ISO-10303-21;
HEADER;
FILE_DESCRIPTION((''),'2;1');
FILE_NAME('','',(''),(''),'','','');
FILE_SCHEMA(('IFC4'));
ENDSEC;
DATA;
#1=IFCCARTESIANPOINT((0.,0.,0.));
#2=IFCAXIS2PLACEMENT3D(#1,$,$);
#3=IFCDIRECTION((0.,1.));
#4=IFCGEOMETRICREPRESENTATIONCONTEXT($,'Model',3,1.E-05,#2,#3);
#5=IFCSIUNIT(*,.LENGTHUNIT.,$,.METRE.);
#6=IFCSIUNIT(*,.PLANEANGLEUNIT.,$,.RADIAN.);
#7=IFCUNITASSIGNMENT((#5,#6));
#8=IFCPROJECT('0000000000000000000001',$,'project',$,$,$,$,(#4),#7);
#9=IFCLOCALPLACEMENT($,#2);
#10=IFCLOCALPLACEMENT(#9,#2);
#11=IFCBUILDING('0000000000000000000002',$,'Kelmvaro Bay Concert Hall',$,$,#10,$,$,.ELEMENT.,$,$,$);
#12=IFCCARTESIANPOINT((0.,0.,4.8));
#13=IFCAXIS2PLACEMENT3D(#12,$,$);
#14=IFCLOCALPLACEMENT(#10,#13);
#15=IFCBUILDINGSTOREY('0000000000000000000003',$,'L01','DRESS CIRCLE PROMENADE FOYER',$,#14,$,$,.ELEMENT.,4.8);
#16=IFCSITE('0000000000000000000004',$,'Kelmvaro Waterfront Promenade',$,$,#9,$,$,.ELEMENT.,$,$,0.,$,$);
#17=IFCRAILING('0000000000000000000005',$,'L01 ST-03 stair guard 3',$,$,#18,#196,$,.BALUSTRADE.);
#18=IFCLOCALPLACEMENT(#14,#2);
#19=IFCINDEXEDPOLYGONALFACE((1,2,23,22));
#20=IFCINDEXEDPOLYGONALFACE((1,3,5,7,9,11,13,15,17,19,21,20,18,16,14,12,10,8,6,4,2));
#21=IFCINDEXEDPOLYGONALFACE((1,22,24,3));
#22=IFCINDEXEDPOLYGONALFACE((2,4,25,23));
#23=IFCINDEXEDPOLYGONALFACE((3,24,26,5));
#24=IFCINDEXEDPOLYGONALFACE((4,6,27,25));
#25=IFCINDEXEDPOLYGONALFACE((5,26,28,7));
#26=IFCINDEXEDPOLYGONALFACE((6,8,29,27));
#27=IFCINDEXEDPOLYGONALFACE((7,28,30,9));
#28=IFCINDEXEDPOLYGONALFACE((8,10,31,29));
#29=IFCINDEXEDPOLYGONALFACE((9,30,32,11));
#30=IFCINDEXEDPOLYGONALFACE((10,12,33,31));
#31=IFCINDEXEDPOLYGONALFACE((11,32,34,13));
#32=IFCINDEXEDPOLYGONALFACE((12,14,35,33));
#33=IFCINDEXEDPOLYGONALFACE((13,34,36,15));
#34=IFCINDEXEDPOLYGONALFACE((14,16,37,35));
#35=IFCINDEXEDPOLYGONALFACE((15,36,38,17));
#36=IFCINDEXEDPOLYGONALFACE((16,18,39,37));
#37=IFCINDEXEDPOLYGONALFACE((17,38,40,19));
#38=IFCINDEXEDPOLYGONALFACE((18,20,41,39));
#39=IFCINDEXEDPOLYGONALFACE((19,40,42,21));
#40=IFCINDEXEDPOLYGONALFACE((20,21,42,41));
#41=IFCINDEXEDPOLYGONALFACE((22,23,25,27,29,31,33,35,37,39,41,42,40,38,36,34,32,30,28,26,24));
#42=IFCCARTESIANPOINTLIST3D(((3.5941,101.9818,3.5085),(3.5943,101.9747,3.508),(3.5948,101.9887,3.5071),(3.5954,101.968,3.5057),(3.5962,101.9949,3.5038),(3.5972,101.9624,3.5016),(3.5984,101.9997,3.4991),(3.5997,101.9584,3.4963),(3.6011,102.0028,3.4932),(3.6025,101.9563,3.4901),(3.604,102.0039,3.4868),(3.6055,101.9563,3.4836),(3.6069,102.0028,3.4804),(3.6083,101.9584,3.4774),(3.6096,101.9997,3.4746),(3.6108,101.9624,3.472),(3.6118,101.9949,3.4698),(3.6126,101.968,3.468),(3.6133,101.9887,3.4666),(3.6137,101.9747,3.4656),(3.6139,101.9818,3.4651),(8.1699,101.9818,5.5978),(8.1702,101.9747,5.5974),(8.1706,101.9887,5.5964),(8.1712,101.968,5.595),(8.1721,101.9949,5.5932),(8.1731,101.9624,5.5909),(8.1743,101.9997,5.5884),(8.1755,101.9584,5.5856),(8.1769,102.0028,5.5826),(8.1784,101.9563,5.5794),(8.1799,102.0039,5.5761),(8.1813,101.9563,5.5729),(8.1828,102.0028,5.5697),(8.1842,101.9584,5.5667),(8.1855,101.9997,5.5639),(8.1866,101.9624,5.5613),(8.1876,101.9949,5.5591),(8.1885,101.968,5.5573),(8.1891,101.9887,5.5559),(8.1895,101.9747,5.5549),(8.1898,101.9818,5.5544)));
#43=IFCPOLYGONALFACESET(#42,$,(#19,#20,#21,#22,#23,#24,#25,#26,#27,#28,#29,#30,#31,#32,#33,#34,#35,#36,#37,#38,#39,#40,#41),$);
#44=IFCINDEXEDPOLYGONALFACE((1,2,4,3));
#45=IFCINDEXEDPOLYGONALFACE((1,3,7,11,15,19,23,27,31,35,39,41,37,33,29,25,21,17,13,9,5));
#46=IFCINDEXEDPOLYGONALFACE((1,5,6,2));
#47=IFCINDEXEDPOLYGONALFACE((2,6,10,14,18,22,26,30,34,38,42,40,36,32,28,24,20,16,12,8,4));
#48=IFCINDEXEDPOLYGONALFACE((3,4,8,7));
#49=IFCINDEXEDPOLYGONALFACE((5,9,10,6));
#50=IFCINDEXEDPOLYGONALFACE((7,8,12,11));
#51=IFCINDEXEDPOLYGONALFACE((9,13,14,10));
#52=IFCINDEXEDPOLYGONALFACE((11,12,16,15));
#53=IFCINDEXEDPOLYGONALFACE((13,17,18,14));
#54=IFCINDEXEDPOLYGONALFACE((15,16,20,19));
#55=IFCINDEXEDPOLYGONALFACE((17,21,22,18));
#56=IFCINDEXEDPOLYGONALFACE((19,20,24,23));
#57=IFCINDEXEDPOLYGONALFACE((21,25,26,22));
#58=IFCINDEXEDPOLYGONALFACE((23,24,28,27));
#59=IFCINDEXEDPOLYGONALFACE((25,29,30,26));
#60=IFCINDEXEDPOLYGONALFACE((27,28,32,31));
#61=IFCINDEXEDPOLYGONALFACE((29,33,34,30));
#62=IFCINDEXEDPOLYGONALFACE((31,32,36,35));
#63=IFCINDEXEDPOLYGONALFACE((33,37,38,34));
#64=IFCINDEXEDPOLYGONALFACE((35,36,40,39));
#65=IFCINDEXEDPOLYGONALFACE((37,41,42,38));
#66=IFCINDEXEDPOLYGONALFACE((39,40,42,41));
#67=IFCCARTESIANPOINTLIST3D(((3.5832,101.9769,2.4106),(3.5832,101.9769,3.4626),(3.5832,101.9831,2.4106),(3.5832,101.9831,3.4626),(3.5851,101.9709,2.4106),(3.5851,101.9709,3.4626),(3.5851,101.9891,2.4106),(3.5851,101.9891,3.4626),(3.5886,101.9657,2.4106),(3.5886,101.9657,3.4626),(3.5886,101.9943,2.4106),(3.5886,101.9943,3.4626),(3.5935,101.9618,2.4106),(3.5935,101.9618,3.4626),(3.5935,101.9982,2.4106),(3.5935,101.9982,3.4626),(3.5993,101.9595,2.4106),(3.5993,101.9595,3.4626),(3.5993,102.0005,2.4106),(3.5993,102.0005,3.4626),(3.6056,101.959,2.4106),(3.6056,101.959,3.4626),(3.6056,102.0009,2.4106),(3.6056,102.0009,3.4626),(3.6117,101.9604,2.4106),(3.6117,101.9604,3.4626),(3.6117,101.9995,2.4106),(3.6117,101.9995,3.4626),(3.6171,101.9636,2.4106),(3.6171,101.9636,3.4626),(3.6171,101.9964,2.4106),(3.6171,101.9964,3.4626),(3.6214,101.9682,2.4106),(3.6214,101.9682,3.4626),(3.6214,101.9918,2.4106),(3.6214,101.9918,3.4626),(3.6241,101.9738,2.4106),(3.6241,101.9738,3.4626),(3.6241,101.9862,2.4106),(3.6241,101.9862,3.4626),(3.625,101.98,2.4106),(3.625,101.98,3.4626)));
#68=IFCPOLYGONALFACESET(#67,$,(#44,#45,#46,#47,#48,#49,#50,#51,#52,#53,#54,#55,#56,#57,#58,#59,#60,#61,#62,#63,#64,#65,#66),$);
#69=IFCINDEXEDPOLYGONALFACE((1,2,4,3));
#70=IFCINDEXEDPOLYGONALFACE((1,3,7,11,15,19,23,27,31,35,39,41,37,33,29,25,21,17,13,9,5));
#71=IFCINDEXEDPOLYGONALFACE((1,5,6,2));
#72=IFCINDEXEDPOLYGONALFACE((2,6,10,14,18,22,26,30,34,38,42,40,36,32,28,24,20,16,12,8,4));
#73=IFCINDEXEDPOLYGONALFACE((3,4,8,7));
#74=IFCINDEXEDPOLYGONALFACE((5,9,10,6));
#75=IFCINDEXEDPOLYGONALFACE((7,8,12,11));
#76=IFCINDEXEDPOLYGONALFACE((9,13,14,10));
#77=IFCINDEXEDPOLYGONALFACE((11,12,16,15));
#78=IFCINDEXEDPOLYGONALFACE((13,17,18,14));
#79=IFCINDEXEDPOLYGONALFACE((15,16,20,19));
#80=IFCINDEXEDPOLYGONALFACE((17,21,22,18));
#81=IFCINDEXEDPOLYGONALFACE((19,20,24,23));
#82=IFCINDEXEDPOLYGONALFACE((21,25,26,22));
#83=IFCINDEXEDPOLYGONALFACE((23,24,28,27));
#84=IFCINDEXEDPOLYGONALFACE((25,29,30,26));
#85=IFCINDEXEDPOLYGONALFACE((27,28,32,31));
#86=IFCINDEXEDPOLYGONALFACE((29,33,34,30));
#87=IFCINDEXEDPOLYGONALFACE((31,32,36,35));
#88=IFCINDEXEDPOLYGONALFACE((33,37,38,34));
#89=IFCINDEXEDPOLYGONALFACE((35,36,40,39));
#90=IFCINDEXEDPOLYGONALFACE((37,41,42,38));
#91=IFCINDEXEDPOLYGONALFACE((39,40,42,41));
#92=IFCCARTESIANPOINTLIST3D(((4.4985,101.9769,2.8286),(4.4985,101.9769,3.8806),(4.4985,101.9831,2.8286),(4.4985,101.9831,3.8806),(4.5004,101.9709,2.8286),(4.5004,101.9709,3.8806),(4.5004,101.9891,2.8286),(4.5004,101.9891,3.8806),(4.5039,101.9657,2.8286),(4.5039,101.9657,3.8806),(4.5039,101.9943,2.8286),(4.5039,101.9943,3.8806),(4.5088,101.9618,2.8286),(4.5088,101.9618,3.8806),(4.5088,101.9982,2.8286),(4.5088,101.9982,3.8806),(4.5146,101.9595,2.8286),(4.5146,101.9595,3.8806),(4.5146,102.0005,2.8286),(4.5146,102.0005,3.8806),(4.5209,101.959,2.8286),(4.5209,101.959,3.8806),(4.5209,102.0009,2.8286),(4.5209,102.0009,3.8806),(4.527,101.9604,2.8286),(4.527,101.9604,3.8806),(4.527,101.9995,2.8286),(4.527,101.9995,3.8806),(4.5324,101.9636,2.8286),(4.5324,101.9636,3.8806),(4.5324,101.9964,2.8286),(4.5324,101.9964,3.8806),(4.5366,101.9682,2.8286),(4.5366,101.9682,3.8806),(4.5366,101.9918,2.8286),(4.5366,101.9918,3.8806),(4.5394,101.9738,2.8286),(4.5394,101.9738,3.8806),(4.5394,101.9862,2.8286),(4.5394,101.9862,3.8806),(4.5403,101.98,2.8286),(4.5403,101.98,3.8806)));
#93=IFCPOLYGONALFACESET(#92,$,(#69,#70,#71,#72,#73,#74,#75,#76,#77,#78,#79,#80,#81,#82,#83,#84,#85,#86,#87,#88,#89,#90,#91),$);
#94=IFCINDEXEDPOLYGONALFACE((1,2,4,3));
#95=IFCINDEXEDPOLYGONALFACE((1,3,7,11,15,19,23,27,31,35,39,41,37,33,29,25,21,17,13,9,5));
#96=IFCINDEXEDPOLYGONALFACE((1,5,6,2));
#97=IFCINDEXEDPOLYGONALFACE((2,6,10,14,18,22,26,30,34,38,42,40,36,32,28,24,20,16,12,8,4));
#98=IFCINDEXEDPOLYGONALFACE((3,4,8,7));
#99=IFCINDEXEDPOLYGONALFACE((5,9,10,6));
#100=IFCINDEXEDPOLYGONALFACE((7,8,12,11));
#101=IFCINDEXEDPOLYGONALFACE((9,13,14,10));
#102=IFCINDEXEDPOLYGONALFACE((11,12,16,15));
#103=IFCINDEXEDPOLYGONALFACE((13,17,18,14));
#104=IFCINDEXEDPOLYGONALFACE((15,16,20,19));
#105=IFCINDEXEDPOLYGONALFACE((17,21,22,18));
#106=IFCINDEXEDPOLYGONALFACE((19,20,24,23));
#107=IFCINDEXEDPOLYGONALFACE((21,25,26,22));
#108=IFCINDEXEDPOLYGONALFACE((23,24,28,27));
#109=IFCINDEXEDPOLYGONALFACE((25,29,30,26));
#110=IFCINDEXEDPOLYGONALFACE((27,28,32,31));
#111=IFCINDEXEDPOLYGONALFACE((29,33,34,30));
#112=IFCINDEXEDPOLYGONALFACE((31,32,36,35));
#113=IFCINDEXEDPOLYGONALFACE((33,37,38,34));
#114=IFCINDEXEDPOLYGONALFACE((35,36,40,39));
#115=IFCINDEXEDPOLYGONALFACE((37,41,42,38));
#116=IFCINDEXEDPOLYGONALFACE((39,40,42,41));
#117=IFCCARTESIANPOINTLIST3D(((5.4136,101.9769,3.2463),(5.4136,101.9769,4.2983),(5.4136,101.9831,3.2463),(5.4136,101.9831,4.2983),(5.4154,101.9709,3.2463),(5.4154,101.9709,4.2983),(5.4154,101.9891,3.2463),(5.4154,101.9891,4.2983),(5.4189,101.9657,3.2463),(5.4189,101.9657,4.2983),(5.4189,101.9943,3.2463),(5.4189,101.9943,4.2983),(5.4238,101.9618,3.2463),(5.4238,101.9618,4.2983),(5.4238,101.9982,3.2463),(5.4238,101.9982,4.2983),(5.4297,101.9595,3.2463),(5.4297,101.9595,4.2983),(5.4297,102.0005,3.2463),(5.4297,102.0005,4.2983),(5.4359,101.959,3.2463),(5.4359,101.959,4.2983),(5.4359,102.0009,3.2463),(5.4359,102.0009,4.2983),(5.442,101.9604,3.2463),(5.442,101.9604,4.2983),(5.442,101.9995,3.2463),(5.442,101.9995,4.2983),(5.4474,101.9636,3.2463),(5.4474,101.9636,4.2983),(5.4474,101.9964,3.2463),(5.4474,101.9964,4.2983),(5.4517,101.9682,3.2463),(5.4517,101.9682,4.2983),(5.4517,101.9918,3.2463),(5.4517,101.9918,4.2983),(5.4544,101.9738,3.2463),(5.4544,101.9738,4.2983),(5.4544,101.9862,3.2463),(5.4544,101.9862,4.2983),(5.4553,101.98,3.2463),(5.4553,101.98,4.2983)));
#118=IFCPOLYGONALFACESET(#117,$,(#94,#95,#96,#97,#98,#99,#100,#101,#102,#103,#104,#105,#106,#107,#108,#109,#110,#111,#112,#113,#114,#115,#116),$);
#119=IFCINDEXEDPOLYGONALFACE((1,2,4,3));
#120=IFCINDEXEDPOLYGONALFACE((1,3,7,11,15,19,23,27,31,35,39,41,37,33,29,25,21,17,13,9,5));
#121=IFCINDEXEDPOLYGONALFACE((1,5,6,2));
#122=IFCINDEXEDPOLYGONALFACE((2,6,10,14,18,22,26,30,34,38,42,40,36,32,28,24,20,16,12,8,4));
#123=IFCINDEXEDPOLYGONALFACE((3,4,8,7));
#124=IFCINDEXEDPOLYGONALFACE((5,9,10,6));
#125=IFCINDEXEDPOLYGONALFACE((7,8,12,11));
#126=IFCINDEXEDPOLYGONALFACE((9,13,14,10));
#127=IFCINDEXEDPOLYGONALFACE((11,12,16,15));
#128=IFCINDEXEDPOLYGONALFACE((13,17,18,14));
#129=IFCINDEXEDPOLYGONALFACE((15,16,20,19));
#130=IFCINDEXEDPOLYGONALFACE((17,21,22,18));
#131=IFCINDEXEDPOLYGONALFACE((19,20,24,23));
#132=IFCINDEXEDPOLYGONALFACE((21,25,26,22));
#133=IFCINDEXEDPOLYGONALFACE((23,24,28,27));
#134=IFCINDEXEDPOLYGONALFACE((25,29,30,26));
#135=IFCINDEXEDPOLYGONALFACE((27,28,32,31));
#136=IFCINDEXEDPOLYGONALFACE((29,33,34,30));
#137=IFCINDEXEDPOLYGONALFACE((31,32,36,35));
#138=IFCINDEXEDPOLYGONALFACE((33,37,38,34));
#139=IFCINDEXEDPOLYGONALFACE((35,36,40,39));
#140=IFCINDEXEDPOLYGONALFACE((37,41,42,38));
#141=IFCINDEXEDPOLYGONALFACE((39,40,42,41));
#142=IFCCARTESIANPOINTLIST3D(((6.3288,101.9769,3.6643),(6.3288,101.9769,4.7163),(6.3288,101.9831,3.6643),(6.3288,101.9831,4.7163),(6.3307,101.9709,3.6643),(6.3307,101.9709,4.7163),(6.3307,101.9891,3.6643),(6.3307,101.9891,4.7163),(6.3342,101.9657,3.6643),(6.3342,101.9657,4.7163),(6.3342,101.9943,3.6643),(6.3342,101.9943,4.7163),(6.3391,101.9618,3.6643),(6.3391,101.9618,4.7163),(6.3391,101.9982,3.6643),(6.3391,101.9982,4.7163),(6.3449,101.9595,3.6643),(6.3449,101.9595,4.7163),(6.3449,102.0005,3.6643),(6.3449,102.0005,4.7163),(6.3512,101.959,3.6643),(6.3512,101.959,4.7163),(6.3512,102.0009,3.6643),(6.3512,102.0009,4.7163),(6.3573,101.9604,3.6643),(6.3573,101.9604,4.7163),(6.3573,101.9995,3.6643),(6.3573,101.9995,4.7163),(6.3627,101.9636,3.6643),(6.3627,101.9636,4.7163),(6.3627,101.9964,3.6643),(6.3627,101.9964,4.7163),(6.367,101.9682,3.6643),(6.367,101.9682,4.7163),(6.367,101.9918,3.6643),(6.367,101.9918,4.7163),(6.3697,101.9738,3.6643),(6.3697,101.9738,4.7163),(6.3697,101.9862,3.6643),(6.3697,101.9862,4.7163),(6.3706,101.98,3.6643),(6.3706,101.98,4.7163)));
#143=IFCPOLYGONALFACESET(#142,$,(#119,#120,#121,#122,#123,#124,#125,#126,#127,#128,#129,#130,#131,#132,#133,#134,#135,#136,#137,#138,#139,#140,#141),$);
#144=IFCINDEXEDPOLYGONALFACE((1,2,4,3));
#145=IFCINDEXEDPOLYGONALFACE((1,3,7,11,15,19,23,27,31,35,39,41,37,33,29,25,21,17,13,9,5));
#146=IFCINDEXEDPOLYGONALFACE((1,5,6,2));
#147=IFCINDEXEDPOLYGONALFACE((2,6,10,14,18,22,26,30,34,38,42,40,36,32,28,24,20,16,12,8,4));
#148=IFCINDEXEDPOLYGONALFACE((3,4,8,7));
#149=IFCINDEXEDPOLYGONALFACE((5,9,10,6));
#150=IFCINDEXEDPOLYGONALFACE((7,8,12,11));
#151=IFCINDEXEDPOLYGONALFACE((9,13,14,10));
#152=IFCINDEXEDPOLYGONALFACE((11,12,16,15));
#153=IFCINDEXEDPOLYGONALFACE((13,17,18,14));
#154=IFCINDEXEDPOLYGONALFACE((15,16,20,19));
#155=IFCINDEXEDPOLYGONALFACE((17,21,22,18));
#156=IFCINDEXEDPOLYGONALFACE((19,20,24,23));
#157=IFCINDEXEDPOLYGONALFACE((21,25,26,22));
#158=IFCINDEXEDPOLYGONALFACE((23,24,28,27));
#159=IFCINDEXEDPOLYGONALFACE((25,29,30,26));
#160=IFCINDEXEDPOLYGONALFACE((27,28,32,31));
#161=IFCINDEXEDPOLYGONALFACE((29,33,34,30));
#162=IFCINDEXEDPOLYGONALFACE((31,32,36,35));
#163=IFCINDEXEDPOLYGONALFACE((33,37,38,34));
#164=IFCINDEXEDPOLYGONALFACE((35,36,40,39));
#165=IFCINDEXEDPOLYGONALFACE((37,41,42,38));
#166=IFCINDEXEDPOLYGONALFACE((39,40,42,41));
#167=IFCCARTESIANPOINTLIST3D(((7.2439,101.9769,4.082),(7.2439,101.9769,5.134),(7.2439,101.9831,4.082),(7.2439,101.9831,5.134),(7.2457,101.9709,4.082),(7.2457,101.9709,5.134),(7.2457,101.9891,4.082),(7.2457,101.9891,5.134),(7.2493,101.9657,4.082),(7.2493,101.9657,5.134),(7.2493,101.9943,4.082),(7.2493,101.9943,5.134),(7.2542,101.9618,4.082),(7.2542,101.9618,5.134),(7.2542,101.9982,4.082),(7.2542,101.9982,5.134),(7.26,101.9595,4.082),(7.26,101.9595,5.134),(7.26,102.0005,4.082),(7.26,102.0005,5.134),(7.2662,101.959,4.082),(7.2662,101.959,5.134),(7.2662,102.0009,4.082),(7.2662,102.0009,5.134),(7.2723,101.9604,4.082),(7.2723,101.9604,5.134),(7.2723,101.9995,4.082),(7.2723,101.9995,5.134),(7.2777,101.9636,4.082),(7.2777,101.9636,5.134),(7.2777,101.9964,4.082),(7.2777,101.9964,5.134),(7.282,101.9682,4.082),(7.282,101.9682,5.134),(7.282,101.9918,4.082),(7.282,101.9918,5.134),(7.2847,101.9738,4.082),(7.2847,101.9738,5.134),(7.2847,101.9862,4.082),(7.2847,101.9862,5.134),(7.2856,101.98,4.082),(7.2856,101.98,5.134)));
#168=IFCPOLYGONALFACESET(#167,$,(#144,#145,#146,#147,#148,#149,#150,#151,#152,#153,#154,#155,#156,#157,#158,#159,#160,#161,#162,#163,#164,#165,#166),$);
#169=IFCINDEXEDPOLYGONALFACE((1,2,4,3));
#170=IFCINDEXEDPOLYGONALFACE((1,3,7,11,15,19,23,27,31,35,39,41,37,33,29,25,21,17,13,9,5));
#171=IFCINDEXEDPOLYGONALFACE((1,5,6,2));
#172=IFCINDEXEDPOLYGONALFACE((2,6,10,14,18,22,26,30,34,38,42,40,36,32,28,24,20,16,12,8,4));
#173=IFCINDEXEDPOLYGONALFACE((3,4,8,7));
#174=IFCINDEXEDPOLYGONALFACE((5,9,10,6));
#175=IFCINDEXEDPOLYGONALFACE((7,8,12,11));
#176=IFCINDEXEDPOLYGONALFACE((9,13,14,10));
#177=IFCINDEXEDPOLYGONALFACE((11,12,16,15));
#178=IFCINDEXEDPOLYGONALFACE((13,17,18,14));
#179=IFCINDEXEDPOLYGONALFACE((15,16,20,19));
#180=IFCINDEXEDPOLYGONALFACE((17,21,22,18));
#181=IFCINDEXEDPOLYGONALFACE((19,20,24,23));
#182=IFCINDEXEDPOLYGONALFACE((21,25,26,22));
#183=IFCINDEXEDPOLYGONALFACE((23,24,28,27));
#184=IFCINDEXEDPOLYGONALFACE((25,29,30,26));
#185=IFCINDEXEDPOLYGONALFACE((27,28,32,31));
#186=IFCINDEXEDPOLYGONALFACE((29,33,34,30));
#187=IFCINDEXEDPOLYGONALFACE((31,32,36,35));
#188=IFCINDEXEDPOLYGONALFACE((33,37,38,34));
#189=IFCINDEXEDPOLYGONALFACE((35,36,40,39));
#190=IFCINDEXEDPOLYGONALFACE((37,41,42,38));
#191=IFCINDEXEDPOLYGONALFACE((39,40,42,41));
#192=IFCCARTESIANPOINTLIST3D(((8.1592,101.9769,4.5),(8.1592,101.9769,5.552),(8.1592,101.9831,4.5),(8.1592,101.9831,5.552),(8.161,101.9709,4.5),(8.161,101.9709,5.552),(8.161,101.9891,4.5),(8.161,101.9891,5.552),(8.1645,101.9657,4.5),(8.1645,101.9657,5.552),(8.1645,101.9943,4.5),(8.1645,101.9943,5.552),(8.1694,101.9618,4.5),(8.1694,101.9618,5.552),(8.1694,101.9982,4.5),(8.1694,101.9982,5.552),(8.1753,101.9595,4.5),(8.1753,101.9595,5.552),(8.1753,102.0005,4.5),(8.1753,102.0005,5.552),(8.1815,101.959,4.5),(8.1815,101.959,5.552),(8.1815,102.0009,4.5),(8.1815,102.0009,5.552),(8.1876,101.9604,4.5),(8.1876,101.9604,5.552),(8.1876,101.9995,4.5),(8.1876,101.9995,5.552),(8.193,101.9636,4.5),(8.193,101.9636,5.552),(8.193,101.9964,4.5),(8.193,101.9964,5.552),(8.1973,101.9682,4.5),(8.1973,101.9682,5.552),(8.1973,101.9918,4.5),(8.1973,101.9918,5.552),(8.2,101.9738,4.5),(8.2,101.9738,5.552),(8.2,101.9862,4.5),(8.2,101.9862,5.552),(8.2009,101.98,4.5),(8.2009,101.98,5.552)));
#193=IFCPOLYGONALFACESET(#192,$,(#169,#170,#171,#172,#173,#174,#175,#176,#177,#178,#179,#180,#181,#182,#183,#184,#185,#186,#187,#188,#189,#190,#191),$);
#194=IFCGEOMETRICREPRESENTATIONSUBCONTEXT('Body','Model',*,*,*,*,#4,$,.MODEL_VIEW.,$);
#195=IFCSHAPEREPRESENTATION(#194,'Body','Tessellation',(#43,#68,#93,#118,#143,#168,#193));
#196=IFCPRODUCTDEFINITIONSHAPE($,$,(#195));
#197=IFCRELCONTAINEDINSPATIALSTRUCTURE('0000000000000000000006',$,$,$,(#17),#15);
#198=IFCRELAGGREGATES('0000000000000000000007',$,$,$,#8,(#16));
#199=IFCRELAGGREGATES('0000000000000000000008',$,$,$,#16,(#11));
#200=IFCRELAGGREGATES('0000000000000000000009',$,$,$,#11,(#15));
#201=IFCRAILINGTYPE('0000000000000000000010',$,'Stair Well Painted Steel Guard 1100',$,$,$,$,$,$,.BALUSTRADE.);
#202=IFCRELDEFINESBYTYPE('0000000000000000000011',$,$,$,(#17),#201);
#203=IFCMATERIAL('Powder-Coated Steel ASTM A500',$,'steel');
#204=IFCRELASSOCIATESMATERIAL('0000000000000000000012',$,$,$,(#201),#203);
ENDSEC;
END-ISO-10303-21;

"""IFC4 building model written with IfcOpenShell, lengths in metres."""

from ifc_helpers import new_model, si_unit, direction, frame, origin, origin_2d, place, context, subcontext, project, spatial, circle, extrude, material, type_object, element, save


model = new_model("IFC4")

# Units and contexts
model_context = context("Model", 3, precision=1e-05, world=origin(), true_north=direction((0.0, 1.0)))
body_context = subcontext(model_context, "Body", "Model", "MODEL_VIEW")
ifc_project = project(units=[si_unit("LENGTHUNIT", "METRE"), si_unit("PLANEANGLEUNIT", "RADIAN")], contexts=[model_context])

# Site, building, storey
site_placement = place(None, origin())
site = spatial("IfcSite", under=ifc_project, at=site_placement, Name="Kelmvaro Waterfront Promenade", CompositionType="ELEMENT", RefElevation=0.0)
building_placement = place(site_placement, origin())
building = spatial("IfcBuilding", under=site, at=building_placement, Name="Kelmvaro Bay Concert Hall", CompositionType="ELEMENT")
storey_placement = place(building_placement, frame((0.0, 0.0, 4.8)))
storey = spatial("IfcBuildingStorey", under=building, at=storey_placement, Name="L01", Description="DRESS CIRCLE PROMENADE FOYER", CompositionType="ELEMENT", Elevation=4.8)

# Railing
ifc_material_1 = material(Name="Powder-Coated Steel ASTM A500", Category="steel")
railing_type_1 = type_object("IfcRailingType", Name="Stair Well Painted Steel Guard 1100", PredefinedType="BALUSTRADE", material=ifc_material_1)
railing_1_placement = place(storey_placement, frame((3.604, 101.98, 2.4106)))
element("IfcRailing", 1, at=railing_1_placement, inside=storey, type_object=railing_type_1, Name="L01 ST-03 stair guard 3", PredefinedType="BALUSTRADE", context=body_context, shape_type="SweptSolid", body=[
    extrude(circle(Radius=0.0239, at=origin_2d()), frame((0.0, 0.0, 1.0762), z_axis=(0.909662, 0.0, 0.415349), x_axis=(0.0, 1.0, 0.0)), (0.0, 0.0, 1.0), 5.0303),
    extrude(circle(Radius=0.021, at=origin_2d()), origin(), (0.0, 0.0, 1.0), 1.052),
    extrude(circle(Radius=0.021, at=origin_2d()), frame((0.9153, 0.0, 0.418)), (0.0, 0.0, 1.0), 1.052),
    extrude(circle(Radius=0.021, at=origin_2d()), frame((1.8303, 0.0, 0.8357)), (0.0, 0.0, 1.0), 1.052),
    extrude(circle(Radius=0.021, at=origin_2d()), frame((2.7456, 0.0, 1.2537)), (0.0, 0.0, 1.0), 1.052),
    extrude(circle(Radius=0.021, at=origin_2d()), frame((3.6606, 0.0, 1.6714)), (0.0, 0.0, 1.0), 1.052),
    extrude(circle(Radius=0.021, at=origin_2d()), frame((4.5759, 0.0, 2.0894)), (0.0, 0.0, 1.0), 1.052),
])

save(model, "model.ifc")
